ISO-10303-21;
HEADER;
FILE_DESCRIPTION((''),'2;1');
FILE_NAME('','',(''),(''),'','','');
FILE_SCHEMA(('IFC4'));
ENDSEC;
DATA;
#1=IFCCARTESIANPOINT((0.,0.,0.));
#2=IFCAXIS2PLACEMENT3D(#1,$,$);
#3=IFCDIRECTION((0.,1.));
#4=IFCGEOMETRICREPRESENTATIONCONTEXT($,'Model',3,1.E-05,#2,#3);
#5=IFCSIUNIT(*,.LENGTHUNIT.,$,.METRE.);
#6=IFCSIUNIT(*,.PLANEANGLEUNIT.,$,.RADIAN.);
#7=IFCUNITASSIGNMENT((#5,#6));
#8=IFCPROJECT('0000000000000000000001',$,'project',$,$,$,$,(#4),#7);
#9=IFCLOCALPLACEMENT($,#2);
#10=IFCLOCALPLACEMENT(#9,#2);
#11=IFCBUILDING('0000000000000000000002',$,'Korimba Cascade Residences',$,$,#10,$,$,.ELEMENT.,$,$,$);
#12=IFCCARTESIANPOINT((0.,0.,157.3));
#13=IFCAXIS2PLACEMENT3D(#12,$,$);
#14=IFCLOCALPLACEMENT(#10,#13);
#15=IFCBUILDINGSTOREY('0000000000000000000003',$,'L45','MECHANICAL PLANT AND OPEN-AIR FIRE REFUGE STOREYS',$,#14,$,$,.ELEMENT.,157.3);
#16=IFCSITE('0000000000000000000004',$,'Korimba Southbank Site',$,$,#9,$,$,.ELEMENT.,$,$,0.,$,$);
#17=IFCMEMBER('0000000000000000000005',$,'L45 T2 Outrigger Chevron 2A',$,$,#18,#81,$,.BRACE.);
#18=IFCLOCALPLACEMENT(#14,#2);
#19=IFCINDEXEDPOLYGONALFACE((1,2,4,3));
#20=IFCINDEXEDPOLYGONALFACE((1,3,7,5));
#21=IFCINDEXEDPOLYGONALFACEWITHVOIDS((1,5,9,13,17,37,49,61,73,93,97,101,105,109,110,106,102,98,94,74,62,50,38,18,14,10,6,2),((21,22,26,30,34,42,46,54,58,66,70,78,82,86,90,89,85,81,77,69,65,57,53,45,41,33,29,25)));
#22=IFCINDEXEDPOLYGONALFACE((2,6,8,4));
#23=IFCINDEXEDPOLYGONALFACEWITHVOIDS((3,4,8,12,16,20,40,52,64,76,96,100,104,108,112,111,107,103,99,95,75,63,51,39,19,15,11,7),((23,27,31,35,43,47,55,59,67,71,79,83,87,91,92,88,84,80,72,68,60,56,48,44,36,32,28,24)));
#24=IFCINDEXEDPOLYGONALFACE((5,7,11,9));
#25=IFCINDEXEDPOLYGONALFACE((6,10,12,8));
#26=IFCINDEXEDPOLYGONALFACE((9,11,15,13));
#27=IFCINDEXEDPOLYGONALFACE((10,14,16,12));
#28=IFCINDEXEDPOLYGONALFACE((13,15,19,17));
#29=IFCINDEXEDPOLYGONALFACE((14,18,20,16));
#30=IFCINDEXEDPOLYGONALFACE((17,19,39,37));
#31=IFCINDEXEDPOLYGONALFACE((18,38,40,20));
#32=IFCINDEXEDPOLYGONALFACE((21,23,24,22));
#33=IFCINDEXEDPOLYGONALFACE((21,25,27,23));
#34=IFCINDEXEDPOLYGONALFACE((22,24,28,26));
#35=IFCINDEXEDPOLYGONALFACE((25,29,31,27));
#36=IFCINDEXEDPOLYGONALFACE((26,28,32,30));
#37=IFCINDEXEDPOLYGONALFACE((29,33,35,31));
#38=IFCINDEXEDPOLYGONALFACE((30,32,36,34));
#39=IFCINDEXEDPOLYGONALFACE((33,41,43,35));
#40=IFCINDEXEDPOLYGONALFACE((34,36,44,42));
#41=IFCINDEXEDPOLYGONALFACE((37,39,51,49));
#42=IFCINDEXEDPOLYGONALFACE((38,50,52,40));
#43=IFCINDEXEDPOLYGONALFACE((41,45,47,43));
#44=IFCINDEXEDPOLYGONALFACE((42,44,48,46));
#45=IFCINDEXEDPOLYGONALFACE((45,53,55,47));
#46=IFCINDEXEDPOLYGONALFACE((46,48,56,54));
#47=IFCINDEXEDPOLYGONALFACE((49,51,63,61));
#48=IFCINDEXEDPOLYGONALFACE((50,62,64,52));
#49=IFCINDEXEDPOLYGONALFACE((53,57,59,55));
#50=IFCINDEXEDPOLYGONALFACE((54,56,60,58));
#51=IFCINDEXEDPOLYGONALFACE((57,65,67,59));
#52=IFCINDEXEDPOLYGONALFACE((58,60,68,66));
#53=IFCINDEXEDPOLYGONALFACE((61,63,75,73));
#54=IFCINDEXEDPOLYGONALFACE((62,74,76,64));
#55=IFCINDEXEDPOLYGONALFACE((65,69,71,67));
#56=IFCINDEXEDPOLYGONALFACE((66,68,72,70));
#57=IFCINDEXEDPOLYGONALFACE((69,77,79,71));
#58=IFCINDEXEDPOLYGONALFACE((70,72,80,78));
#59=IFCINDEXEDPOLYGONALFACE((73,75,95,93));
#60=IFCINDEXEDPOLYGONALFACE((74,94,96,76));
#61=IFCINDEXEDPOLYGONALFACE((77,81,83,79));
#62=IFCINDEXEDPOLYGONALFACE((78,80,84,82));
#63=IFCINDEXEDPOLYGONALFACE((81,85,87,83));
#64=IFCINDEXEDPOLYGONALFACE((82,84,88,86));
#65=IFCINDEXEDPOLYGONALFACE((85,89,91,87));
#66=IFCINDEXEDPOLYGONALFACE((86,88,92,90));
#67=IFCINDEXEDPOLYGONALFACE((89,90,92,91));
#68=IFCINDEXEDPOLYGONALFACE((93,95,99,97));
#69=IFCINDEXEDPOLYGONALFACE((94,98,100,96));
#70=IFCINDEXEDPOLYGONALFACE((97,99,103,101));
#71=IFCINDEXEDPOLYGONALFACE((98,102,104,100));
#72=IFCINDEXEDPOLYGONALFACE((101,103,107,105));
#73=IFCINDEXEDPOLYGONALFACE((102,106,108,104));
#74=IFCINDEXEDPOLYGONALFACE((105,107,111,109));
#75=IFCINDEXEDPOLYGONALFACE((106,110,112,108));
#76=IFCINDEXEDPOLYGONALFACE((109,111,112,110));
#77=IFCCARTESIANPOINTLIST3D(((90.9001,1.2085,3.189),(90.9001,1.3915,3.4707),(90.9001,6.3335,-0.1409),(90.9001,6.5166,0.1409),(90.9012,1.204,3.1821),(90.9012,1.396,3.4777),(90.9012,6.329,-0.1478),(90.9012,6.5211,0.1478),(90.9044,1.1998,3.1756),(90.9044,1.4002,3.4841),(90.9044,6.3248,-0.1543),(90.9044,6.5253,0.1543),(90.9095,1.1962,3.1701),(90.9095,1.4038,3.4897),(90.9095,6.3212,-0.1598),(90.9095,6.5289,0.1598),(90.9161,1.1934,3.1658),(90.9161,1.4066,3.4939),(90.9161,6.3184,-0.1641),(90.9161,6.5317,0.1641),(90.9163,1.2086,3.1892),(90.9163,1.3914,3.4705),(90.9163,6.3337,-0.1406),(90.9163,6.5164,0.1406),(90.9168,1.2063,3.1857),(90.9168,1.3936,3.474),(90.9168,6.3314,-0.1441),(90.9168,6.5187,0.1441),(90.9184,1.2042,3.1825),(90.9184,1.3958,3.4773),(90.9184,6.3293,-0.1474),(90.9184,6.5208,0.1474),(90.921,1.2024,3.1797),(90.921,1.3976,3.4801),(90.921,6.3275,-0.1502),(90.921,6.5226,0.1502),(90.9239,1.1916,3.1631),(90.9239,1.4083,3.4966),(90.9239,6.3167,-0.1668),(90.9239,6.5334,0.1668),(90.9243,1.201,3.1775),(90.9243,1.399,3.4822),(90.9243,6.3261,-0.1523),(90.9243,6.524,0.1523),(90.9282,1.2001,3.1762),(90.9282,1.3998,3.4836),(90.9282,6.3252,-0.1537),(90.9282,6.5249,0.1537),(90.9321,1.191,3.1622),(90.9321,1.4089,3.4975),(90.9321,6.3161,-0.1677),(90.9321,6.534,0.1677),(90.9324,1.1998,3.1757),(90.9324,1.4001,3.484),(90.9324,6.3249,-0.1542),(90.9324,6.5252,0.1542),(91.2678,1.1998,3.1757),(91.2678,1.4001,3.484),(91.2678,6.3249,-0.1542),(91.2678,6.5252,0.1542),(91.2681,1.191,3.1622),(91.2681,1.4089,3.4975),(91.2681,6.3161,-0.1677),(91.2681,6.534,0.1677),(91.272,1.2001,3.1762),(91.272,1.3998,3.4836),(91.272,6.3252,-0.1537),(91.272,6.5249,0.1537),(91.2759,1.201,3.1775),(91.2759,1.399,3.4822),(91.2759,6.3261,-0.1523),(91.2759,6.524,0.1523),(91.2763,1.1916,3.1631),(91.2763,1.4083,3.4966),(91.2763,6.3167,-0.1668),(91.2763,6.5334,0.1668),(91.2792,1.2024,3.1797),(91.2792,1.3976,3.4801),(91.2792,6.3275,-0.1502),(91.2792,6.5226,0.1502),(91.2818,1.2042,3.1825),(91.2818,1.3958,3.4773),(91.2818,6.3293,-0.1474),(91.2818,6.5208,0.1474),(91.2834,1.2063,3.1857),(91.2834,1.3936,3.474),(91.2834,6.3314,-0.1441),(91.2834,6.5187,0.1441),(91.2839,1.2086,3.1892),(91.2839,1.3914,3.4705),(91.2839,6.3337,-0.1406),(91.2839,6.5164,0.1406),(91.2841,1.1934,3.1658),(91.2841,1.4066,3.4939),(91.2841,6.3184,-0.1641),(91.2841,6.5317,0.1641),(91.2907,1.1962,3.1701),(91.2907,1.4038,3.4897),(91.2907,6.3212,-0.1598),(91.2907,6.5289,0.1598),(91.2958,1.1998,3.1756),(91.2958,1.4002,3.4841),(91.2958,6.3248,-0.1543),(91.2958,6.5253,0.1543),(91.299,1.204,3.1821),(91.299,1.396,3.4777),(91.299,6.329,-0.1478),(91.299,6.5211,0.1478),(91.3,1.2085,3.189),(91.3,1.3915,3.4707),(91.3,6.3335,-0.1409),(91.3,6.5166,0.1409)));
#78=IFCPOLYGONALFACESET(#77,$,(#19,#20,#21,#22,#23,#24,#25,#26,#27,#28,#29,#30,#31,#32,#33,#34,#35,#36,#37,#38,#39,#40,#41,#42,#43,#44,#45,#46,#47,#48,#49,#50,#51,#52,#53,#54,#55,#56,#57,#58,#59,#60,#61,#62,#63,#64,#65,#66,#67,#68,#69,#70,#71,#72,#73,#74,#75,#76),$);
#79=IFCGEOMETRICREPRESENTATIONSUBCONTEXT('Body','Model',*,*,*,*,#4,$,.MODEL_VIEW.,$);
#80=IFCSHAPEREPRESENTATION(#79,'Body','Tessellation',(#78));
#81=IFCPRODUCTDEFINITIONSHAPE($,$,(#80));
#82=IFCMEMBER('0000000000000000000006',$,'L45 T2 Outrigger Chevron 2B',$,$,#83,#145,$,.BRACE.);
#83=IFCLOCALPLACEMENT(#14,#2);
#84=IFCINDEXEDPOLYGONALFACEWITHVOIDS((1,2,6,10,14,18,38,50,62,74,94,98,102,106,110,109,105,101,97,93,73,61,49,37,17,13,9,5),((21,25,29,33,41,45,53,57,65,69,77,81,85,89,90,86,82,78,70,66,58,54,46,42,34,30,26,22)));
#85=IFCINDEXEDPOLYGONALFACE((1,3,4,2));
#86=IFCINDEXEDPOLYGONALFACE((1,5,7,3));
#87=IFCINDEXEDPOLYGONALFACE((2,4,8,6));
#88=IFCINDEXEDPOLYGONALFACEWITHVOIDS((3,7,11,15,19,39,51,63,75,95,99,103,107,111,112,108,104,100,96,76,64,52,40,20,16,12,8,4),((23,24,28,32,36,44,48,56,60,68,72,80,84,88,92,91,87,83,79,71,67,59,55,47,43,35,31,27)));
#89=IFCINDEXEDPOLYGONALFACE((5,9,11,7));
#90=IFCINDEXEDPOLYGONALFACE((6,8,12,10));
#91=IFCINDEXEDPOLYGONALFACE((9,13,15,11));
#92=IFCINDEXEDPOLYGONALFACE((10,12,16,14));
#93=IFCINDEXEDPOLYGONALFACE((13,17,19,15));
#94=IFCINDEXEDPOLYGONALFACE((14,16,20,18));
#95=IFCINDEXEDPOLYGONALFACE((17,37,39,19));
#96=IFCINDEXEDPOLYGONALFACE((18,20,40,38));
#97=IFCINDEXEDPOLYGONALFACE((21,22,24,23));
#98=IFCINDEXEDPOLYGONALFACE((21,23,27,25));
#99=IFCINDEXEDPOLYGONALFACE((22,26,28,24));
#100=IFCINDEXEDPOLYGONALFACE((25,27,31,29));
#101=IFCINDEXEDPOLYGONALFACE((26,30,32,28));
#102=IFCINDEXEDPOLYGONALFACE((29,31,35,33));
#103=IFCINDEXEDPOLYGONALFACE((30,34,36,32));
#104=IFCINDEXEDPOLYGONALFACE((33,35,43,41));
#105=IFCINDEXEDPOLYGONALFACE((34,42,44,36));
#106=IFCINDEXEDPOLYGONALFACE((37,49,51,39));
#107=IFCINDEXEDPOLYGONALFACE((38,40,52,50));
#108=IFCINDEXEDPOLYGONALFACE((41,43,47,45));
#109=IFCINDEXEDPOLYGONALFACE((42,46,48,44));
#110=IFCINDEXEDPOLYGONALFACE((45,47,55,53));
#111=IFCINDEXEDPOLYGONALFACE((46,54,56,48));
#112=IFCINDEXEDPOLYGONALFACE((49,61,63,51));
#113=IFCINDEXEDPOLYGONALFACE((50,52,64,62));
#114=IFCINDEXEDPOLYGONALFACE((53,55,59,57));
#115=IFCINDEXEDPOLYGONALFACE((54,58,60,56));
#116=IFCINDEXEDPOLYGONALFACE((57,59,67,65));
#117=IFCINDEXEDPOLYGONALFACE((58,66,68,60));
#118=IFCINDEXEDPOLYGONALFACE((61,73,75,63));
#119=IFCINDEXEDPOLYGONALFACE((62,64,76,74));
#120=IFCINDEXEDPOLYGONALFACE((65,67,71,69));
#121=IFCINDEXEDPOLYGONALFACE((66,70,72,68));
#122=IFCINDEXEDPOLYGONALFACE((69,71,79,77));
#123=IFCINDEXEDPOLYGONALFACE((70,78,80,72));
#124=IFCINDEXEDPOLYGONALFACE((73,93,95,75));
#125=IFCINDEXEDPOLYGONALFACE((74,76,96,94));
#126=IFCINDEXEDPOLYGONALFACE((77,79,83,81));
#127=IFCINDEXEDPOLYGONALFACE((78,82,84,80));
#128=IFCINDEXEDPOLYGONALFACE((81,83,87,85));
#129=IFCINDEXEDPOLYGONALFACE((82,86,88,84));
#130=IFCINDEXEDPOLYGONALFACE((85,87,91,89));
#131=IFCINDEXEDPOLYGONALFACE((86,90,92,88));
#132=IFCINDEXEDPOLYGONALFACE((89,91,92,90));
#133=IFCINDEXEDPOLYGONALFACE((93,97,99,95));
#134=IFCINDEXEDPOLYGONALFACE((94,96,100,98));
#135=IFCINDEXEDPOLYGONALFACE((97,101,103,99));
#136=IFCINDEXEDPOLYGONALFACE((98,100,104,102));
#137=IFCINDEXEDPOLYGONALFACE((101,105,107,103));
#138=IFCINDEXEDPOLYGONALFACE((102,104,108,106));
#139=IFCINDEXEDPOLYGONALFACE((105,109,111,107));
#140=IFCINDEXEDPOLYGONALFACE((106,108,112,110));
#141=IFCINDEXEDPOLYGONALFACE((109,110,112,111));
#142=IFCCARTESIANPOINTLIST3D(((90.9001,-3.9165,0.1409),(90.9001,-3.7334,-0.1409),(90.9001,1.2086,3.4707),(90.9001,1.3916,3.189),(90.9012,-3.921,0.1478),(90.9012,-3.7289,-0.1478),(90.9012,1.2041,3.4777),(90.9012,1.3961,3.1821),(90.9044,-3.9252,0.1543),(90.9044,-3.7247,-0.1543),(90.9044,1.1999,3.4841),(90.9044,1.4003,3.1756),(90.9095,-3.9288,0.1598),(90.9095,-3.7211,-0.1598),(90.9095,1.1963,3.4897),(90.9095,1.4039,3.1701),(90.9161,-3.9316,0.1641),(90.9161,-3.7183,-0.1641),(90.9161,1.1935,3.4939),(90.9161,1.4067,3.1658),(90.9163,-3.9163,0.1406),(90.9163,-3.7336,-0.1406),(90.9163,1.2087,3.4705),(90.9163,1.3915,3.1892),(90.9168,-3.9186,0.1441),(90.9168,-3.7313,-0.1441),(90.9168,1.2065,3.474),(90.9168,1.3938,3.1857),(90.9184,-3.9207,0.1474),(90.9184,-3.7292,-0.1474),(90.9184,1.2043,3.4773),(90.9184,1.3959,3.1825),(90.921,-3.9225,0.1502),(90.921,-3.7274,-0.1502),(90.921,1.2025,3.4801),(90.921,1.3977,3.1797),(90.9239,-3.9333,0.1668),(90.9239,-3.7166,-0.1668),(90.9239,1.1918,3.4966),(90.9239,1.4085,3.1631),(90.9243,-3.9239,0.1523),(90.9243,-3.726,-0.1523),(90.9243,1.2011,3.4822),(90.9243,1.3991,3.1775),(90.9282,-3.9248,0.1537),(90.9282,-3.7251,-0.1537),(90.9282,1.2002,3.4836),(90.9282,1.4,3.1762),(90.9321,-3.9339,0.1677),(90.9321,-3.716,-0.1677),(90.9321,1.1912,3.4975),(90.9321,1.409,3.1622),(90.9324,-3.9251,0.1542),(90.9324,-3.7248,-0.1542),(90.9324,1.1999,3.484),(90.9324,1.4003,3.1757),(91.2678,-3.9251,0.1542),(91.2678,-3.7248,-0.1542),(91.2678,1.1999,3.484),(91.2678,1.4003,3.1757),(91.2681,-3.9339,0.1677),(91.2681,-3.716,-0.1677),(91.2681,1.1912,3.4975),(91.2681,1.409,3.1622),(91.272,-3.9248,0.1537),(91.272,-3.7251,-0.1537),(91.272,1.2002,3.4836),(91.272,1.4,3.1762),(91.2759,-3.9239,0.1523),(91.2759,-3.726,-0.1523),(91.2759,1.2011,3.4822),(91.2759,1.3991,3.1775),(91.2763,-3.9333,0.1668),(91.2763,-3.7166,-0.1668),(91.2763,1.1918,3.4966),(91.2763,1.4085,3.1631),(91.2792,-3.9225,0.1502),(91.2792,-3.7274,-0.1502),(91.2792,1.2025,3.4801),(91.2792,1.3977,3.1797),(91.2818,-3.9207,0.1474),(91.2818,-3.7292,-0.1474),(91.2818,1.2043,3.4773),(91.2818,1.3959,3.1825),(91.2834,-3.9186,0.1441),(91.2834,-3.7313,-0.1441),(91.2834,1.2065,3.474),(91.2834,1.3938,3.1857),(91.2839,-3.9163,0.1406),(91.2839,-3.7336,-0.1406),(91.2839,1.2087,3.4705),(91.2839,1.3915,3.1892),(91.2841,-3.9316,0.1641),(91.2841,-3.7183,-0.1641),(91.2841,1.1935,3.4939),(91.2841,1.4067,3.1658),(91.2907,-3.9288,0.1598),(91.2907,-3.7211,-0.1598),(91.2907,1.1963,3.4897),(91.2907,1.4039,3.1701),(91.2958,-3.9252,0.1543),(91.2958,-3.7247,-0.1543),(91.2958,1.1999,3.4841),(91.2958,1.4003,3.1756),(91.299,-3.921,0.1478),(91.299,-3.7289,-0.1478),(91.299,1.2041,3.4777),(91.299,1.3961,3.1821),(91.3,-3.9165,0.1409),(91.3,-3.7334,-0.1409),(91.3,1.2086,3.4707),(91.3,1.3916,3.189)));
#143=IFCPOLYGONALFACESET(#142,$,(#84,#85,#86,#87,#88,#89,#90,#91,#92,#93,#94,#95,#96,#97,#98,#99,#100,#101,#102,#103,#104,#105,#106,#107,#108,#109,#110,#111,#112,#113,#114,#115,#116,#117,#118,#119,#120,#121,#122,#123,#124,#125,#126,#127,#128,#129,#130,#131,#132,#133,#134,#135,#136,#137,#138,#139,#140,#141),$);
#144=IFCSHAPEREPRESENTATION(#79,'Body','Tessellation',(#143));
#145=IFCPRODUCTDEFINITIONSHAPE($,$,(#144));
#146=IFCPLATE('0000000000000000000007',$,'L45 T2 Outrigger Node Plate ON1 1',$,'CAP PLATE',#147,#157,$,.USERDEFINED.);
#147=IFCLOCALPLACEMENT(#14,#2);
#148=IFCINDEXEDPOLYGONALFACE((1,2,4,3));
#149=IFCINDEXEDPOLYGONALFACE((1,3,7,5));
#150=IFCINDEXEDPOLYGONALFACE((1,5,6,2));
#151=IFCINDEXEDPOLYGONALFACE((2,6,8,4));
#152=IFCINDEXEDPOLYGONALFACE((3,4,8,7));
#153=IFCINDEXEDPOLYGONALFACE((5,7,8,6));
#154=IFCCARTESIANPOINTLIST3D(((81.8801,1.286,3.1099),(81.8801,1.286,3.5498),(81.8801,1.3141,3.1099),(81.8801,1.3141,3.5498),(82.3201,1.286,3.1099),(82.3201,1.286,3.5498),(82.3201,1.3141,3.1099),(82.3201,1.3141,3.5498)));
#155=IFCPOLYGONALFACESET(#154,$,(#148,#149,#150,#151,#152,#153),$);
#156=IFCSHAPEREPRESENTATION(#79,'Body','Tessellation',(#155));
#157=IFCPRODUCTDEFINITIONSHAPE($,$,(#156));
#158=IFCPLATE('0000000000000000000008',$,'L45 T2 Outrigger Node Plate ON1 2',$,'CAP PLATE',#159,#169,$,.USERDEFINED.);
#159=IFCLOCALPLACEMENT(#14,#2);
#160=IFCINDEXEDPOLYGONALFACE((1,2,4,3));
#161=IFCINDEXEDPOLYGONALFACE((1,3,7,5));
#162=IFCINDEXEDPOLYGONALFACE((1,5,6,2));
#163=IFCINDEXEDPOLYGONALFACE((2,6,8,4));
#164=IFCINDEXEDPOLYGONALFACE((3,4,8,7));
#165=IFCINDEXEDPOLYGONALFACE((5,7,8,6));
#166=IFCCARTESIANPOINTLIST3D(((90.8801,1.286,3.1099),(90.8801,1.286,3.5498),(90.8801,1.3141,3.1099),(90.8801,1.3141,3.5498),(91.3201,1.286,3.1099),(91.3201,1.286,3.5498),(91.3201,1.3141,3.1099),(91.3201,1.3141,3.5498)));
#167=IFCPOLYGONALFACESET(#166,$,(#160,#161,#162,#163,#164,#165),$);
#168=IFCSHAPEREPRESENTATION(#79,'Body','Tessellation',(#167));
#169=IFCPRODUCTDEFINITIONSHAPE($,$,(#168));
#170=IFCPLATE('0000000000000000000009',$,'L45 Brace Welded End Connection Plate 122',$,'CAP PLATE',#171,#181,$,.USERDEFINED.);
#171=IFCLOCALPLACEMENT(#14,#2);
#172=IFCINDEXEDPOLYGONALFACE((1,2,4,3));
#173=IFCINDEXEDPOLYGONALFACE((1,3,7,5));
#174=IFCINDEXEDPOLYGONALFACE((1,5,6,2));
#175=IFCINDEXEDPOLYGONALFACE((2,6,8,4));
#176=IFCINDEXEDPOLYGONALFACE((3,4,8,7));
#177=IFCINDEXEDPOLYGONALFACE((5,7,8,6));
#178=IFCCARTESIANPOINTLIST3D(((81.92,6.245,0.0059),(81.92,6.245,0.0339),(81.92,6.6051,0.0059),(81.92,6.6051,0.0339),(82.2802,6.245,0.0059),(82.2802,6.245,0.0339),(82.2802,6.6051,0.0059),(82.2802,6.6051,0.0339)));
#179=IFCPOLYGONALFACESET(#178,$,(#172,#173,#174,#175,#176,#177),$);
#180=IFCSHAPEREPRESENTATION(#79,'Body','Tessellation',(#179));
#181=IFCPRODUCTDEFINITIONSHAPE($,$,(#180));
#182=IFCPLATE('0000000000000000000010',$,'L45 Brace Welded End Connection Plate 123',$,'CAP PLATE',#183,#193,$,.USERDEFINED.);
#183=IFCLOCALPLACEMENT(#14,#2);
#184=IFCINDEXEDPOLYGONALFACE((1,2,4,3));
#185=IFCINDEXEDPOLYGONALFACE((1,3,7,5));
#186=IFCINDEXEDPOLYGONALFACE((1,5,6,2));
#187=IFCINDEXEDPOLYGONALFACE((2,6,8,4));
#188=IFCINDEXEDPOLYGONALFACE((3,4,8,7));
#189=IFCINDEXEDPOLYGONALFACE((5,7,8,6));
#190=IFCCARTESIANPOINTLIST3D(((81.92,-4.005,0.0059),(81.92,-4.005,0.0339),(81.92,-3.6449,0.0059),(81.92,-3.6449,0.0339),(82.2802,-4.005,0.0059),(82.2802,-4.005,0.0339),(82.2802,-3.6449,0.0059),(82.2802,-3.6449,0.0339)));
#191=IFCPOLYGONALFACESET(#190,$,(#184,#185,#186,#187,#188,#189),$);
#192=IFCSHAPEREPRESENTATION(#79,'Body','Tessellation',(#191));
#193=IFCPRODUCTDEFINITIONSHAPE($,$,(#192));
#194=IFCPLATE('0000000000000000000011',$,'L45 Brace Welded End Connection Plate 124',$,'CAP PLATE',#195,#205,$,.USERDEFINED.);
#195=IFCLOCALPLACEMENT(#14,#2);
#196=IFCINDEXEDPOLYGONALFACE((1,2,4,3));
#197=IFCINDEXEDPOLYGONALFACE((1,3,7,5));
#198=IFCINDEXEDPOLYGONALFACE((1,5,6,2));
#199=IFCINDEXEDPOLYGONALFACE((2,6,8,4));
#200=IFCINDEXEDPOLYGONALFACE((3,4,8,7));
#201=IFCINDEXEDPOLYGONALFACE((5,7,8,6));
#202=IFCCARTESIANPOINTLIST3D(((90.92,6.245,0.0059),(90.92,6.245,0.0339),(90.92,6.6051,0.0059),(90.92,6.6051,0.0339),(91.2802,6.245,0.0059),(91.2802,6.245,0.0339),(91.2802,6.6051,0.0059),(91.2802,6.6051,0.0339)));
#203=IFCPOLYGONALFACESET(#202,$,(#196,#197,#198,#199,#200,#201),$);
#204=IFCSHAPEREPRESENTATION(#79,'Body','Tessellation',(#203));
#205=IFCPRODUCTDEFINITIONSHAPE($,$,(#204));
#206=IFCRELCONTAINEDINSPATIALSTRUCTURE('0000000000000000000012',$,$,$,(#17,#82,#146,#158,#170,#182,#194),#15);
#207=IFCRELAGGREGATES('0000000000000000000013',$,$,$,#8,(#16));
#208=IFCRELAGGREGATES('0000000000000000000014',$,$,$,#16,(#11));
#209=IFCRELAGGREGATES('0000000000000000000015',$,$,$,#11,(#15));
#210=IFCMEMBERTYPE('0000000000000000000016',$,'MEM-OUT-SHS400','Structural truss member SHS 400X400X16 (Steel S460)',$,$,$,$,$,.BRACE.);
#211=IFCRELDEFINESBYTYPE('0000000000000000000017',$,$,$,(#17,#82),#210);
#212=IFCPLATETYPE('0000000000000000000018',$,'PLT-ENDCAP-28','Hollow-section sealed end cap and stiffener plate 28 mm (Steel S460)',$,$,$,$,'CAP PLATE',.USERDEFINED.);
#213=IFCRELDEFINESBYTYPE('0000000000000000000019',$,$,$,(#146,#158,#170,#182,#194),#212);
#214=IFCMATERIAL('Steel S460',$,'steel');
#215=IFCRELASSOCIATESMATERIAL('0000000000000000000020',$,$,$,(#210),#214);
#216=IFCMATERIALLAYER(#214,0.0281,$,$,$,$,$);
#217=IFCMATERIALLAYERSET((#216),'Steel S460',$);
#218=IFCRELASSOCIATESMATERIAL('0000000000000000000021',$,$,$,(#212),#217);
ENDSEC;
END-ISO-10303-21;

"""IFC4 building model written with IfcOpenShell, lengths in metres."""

from ifc_helpers import new_model, si_unit, direction, frame, origin, origin_2d, place, context, subcontext, project, spatial, rectangle, hollow_rectangle, extrude, material, layer, layer_set, material_profile, profile_set, type_object, element, save


model = new_model("IFC4")

# Units and contexts
model_context = context("Model", 3, precision=1e-05, world=origin(), true_north=direction((0.0, 1.0)))
body_context = subcontext(model_context, "Body", "Model", "MODEL_VIEW")
ifc_project = project(units=[si_unit("LENGTHUNIT", "METRE"), si_unit("PLANEANGLEUNIT", "RADIAN")], contexts=[model_context])

# Site, building, storey
site_placement = place(None, origin())
site = spatial("IfcSite", under=ifc_project, at=site_placement, Name="Korimba Southbank Site", CompositionType="ELEMENT", RefElevation=0.0)
building_placement = place(site_placement, origin())
building = spatial("IfcBuilding", under=site, at=building_placement, Name="Korimba Cascade Residences", CompositionType="ELEMENT")
storey_placement = place(building_placement, frame((0.0, 0.0, 157.3)))
storey = spatial("IfcBuildingStorey", under=building, at=storey_placement, Name="L45", Description="MECHANICAL PLANT AND OPEN-AIR FIRE REFUGE STOREYS", CompositionType="ELEMENT", Elevation=157.3)

# Members
ifc_material_1 = material(Name="Steel S460", Category="steel")
ifc_material_profile_1 = material_profile(ifc_material_1, hollow_rectangle(XDim=0.3999, YDim=0.3999, WallThickness=0.0161, InnerFilletRadius=0.0161, OuterFilletRadius=0.032, at=origin_2d()), Name="Steel S460")
ifc_profile_set_1 = profile_set([ifc_material_profile_1], Name="Steel S460")
member_type = type_object("IfcMemberType", Name="MEM-OUT-SHS400", Description="Structural truss member SHS 400X400X16 (Steel S460)", PredefinedType="BRACE", material=ifc_profile_set_1)
for number, where, z_axis, x_axis, name in (
    (1, (91.1001, 6.425, 0.0), (0.0, -0.838549, 0.544825), (1.0, 0.0, 0.0), "L45 T2 Outrigger Chevron 2A"),
    (2, (91.1001, -3.825, 0.0), (0.0, 0.838549, 0.544825), (-1.0, 0.0, 0.0), "L45 T2 Outrigger Chevron 2B"),
):
    element("IfcMember", number, at=place(storey_placement, frame(where, z_axis=z_axis, x_axis=x_axis)), inside=storey, type_object=member_type, Name=name, PredefinedType="BRACE", context=body_context, shape_type="SweptSolid", body=[
        extrude(hollow_rectangle(XDim=0.3999, YDim=0.3999, WallThickness=0.0161, InnerFilletRadius=0.0161, OuterFilletRadius=0.032, at=origin_2d()), origin(), (0.0, 0.0, 1.0), 6.1118),
    ])

# Plates
ifc_layer_1 = layer(ifc_material_1, 0.0281)
ifc_layer_set_1 = layer_set([ifc_layer_1], Name="Steel S460")
plate_type = type_object("IfcPlateType", Name="PLT-ENDCAP-28", Description="Hollow-section sealed end cap and stiffener plate 28 mm (Steel S460)", ElementType="CAP PLATE", PredefinedType="USERDEFINED", material=ifc_layer_set_1)
for number, where, z_axis, x_axis, name in (
    (3, (82.1001, 1.3, 3.1099), (0.0, 0.0, 1.0), (1.0, 0.0, 0.0), "L45 T2 Outrigger Node Plate ON1 1"),
    (4, (91.1001, 1.3, 3.1099), (0.0, 0.0, 1.0), (1.0, 0.0, 0.0), "L45 T2 Outrigger Node Plate ON1 2"),
):
    element("IfcPlate", number, at=place(storey_placement, frame(where, z_axis=z_axis, x_axis=x_axis)), inside=storey, type_object=plate_type, Name=name, ObjectType="CAP PLATE", PredefinedType="USERDEFINED", context=body_context, shape_type="SweptSolid", body=[
        extrude(rectangle(XDim=0.4399, YDim=0.0281, at=origin_2d()), origin(), (0.0, 0.0, 1.0), 0.4399),
    ])
for number, where, z_axis, x_axis, name in (
    (5, (82.1001, 6.425, 0.0059), (0.0, 0.0, 1.0), (1.0, 0.0, 0.0), "L45 Brace Welded End Connection Plate 122"),
    (6, (82.1001, -3.825, 0.0059), (0.0, 0.0, 1.0), (1.0, 0.0, 0.0), "L45 Brace Welded End Connection Plate 123"),
    (7, (91.1001, 6.425, 0.0059), (0.0, 0.0, 1.0), (1.0, 0.0, 0.0), "L45 Brace Welded End Connection Plate 124"),
):
    element("IfcPlate", number, at=place(storey_placement, frame(where, z_axis=z_axis, x_axis=x_axis)), inside=storey, type_object=plate_type, Name=name, ObjectType="CAP PLATE", PredefinedType="USERDEFINED", context=body_context, shape_type="SweptSolid", body=[
        extrude(rectangle(XDim=0.3601, YDim=0.3601, at=origin_2d()), origin(), (0.0, 0.0, 1.0), 0.0281),
    ])

save(model, "model.ifc")
